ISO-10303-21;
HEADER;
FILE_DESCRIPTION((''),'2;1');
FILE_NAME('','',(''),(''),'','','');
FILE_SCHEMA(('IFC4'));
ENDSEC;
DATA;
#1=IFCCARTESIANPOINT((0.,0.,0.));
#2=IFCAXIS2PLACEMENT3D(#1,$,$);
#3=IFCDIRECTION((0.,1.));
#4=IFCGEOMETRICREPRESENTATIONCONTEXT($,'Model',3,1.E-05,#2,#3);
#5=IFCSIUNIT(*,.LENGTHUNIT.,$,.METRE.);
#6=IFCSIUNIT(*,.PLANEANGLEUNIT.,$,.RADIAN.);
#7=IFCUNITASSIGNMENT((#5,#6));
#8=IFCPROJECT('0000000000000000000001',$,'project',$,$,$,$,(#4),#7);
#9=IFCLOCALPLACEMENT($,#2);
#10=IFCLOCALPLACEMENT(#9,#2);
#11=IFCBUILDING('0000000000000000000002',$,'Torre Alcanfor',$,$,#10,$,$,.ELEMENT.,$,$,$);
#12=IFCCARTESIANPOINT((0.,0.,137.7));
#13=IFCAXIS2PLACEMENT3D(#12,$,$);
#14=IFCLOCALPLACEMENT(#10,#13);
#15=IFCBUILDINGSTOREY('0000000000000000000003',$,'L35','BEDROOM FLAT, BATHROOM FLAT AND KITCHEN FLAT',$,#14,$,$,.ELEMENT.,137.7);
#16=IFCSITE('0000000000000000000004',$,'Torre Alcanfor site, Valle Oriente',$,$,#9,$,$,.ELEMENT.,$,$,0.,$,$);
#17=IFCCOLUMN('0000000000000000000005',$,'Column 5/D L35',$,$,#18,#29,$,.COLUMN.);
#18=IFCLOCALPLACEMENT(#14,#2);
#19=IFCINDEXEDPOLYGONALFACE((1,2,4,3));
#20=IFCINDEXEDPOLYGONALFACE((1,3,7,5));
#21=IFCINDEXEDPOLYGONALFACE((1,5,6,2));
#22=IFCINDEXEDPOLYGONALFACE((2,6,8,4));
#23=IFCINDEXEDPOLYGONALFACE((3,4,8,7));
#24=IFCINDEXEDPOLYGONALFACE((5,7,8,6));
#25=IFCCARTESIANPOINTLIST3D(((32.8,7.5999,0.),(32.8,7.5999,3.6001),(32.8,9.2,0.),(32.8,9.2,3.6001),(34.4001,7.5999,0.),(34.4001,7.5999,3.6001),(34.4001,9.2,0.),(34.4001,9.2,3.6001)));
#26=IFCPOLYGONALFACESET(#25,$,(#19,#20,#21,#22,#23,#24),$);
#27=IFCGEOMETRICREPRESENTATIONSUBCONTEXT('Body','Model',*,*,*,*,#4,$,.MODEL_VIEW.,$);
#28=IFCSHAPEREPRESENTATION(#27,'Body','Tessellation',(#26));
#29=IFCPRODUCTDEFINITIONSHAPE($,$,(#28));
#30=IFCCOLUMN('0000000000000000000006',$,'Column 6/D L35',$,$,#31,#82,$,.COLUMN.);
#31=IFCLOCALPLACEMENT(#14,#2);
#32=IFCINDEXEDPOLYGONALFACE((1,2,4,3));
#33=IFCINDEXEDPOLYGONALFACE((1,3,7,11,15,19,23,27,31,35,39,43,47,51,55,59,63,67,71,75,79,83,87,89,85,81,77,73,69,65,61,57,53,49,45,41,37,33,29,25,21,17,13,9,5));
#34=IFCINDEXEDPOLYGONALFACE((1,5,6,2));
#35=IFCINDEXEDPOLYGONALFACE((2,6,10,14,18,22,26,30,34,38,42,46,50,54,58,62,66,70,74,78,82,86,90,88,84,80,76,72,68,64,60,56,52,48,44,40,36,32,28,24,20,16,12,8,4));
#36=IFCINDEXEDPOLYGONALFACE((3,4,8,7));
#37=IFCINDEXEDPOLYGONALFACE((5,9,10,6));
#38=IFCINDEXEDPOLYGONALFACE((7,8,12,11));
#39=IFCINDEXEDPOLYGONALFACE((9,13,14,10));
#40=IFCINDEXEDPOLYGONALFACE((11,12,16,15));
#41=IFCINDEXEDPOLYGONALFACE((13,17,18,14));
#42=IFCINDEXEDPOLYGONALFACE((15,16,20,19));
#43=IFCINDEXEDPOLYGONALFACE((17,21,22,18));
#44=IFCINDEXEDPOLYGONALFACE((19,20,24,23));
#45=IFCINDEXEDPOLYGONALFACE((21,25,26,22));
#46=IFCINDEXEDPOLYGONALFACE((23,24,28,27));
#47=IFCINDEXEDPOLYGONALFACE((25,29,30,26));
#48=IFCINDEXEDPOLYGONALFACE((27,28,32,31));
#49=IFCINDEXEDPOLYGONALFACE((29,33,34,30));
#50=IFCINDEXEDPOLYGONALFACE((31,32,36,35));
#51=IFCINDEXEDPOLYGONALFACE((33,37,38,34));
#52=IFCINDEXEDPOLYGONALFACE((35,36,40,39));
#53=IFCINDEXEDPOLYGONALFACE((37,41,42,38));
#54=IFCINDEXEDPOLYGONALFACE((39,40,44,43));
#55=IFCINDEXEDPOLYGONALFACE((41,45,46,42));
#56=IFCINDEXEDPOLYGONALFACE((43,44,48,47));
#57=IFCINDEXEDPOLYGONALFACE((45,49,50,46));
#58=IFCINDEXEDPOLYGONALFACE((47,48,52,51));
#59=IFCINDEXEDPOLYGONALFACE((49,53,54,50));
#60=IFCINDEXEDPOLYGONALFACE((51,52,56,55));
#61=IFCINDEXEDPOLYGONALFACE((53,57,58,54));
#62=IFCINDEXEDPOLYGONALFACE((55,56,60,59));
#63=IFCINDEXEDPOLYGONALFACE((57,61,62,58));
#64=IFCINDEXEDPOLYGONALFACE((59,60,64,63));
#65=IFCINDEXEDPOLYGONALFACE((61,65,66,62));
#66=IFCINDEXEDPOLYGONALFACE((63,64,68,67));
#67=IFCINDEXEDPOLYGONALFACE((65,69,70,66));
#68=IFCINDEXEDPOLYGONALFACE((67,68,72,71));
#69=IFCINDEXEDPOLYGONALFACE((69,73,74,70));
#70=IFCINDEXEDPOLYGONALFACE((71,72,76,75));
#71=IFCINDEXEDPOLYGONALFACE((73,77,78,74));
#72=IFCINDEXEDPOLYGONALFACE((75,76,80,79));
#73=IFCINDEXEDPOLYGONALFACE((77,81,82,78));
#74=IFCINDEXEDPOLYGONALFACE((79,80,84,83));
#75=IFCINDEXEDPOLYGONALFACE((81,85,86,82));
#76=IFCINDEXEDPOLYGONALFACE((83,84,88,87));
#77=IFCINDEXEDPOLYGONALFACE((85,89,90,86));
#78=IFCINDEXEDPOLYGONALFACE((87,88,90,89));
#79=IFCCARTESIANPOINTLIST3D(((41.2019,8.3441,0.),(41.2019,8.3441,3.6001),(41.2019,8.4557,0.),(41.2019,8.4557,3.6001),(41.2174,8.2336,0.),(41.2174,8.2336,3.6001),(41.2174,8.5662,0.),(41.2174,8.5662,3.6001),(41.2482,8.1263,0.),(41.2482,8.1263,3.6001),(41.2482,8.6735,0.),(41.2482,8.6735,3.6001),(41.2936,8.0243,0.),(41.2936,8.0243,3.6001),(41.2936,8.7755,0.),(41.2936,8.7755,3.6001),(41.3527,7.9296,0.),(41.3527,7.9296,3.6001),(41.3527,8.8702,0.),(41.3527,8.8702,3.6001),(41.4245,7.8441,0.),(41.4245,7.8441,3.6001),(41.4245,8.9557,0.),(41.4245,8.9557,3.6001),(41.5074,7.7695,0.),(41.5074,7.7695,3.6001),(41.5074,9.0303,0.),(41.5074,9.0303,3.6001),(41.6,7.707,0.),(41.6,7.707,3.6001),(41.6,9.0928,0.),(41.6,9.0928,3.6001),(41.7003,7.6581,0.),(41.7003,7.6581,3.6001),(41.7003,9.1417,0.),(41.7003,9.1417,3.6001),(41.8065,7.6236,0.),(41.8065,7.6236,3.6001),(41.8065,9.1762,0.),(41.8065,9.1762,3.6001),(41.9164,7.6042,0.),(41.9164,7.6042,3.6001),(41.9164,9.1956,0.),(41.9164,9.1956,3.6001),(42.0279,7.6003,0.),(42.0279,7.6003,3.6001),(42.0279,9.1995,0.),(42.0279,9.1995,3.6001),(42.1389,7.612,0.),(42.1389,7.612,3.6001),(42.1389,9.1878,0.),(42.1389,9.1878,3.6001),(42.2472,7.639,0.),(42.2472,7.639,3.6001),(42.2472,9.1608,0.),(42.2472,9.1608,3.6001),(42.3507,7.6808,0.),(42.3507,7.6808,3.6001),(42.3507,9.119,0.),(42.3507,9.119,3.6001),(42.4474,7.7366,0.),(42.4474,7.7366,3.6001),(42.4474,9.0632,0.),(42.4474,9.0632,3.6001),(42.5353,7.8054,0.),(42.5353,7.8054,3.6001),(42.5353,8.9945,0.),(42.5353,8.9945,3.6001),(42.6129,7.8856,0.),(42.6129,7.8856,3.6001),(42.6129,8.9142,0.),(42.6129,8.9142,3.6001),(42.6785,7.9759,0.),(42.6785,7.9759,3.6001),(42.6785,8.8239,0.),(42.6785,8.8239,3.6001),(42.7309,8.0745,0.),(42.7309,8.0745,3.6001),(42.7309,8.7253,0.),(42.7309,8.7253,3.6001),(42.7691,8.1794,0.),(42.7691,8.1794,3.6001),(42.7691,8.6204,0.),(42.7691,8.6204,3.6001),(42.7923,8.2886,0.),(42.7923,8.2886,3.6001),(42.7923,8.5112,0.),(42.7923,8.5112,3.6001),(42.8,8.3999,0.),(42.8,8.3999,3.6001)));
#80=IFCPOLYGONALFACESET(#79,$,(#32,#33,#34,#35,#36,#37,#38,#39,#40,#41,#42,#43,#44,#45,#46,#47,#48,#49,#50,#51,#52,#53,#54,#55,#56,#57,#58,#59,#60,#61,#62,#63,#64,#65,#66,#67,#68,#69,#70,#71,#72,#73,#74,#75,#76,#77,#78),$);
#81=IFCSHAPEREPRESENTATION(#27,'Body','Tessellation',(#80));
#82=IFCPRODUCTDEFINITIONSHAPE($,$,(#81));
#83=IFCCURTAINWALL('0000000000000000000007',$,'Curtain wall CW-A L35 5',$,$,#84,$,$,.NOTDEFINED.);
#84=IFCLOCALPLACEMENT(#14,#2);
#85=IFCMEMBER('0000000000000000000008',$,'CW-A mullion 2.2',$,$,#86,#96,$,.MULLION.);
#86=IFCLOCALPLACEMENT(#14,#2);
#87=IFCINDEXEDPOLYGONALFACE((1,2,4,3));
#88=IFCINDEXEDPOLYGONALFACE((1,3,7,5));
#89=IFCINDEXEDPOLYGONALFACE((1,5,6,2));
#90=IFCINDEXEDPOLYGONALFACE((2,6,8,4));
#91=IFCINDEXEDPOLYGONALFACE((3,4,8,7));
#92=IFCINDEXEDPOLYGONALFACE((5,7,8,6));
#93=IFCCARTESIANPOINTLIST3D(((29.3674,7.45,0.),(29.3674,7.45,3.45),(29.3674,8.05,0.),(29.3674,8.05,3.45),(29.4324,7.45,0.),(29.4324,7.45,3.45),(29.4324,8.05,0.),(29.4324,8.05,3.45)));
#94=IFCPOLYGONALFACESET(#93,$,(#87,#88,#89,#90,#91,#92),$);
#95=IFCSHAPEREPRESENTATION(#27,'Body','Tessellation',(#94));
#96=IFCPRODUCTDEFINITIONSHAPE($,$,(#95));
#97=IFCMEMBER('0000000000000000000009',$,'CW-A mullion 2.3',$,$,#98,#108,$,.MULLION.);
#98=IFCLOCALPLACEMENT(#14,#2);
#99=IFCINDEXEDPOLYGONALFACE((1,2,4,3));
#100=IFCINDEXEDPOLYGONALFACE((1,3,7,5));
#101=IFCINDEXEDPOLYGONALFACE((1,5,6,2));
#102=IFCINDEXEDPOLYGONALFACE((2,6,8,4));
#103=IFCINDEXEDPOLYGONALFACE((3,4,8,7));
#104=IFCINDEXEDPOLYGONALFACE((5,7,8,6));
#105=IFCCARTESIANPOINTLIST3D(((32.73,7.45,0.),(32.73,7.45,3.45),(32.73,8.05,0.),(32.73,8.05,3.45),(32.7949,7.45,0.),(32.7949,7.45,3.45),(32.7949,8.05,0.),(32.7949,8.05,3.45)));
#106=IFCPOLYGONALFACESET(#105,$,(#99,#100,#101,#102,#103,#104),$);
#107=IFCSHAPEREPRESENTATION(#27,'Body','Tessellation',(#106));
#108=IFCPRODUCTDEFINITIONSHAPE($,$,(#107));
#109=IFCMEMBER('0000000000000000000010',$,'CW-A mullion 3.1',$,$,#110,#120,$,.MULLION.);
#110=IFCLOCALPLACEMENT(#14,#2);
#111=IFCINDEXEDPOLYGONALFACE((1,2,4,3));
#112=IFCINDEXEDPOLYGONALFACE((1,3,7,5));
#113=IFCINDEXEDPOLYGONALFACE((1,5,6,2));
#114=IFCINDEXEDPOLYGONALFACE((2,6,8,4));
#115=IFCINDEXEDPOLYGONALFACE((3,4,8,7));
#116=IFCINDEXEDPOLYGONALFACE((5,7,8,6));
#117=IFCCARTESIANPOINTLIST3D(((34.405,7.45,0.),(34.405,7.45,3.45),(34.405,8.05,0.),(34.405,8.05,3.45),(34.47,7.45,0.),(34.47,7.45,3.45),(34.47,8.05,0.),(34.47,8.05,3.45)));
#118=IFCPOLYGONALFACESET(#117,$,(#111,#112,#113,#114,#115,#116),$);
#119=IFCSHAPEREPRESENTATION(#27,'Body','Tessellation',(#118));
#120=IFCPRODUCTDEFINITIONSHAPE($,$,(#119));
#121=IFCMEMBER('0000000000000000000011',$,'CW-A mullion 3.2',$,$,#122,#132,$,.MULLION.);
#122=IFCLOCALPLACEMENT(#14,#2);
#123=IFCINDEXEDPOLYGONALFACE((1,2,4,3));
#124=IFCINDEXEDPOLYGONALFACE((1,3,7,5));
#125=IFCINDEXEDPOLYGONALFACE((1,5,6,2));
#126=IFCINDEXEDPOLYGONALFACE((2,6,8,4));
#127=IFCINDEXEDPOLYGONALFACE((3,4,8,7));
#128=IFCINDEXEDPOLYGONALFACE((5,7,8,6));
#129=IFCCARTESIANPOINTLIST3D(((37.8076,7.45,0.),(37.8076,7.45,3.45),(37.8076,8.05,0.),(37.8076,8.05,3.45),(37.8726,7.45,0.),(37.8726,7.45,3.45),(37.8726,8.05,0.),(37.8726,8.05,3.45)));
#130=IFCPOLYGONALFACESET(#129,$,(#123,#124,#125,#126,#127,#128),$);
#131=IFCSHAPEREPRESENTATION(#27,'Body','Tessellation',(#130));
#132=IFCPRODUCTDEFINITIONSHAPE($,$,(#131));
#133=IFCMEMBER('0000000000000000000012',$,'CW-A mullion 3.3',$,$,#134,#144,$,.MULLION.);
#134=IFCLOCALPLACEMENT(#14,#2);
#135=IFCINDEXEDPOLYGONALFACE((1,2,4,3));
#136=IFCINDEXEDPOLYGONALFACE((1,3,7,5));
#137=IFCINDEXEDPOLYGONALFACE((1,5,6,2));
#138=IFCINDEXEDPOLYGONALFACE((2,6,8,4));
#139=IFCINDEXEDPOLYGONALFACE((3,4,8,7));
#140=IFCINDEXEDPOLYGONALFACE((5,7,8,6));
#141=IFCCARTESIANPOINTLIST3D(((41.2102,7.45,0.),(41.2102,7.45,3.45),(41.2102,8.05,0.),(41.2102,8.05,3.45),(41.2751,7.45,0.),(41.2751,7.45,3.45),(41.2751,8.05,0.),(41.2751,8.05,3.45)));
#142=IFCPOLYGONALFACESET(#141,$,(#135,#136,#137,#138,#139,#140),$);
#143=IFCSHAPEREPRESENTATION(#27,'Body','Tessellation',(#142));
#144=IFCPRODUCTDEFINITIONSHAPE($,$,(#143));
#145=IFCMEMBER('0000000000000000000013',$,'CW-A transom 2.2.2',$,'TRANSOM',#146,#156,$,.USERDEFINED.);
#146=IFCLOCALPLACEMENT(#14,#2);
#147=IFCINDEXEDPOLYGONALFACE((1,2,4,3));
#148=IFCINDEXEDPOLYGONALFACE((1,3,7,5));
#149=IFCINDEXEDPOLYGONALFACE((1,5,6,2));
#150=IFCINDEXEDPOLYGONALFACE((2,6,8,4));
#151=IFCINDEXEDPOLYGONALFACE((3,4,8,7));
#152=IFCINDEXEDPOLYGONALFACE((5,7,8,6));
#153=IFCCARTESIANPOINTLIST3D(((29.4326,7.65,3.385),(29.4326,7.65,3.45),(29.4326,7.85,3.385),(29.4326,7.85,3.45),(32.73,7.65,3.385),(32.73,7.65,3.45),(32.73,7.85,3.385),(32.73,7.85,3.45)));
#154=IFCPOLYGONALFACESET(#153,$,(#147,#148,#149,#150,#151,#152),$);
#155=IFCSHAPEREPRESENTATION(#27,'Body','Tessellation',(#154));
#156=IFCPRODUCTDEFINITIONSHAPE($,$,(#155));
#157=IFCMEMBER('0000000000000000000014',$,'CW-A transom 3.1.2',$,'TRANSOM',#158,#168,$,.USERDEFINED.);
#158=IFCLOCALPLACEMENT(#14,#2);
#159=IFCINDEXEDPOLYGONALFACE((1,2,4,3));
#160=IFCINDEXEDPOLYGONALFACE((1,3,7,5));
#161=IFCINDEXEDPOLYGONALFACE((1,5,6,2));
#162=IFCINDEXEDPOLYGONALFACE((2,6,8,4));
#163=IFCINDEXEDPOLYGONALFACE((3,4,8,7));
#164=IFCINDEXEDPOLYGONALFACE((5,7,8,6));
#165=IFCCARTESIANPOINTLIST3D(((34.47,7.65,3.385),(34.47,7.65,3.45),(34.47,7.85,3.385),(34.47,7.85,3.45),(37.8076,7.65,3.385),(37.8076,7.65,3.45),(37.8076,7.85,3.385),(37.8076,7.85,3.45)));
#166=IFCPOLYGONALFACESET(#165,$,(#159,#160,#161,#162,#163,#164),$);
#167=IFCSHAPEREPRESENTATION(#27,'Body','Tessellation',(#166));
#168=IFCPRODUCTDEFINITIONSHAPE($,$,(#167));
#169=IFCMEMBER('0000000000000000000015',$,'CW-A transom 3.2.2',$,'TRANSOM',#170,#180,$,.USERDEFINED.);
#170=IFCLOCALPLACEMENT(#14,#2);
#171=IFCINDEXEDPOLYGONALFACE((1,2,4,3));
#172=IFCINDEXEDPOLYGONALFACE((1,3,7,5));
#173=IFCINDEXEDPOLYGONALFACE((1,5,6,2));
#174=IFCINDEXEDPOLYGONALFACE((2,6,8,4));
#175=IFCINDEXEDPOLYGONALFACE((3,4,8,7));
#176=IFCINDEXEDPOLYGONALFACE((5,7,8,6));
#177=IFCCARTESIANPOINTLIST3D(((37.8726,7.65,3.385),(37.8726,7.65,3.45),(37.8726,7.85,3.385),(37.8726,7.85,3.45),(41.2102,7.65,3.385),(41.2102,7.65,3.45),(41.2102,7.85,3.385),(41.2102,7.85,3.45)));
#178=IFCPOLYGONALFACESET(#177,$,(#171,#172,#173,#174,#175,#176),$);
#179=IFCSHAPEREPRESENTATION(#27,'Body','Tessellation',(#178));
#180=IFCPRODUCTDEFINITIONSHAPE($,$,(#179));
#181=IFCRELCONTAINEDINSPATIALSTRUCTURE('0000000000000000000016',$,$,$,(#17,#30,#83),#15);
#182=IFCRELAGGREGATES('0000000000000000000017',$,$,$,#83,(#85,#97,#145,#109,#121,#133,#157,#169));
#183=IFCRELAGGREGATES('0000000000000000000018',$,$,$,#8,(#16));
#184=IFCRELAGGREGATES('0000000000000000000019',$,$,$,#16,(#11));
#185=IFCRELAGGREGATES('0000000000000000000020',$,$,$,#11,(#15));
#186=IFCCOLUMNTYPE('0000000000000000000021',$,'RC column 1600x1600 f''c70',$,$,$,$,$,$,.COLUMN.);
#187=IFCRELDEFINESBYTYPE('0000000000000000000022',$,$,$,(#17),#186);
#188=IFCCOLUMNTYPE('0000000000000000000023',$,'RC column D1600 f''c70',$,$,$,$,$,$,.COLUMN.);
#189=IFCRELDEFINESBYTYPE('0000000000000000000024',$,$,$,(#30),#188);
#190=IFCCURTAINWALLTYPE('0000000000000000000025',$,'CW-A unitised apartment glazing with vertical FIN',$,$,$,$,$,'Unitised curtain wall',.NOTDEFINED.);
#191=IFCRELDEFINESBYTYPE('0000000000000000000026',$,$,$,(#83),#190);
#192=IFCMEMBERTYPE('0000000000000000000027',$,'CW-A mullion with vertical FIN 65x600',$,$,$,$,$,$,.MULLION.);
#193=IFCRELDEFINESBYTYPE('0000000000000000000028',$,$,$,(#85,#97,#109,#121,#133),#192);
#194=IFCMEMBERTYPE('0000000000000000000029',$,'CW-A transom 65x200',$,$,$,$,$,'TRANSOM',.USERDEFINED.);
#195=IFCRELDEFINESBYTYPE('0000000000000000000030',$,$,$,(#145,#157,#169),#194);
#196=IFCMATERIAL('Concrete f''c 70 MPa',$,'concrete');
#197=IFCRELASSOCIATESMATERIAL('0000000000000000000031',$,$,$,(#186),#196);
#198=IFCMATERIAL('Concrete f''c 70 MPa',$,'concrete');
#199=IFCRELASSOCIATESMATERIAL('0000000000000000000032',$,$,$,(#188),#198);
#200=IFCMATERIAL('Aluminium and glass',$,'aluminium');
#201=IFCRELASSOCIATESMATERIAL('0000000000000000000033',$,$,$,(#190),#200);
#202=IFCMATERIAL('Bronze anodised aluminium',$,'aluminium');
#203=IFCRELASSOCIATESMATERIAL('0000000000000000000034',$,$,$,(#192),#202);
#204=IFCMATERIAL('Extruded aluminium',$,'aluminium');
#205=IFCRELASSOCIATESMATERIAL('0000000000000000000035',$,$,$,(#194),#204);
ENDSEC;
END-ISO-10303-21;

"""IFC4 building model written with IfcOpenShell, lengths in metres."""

from ifc_helpers import new_model, si_unit, direction, frame, origin, origin_2d, place, context, subcontext, project, spatial, rectangle, circle, extrude, material, material_profile, profile_set, type_object, element, aggregate, save


model = new_model("IFC4")

# Units and contexts
model_context = context("Model", 3, precision=1e-05, world=origin(), true_north=direction((0.0, 1.0)))
body_context = subcontext(model_context, "Body", "Model", "MODEL_VIEW")
ifc_project = project(units=[si_unit("LENGTHUNIT", "METRE"), si_unit("PLANEANGLEUNIT", "RADIAN")], contexts=[model_context])

# Site, building, storey
site_placement = place(None, origin())
site = spatial("IfcSite", under=ifc_project, at=site_placement, Name="Torre Alcanfor site, Valle Oriente", CompositionType="ELEMENT", RefElevation=0.0)
building_placement = place(site_placement, origin())
building = spatial("IfcBuilding", under=site, at=building_placement, Name="Torre Alcanfor", CompositionType="ELEMENT")
storey_placement = place(building_placement, frame((0.0, 0.0, 137.7)))
storey = spatial("IfcBuildingStorey", under=building, at=storey_placement, Name="L35", Description="BEDROOM FLAT, BATHROOM FLAT AND KITCHEN FLAT", CompositionType="ELEMENT", Elevation=137.7)

# Columns
ifc_material_1 = material(Name="Concrete f'c 70 MPa", Category="concrete")
ifc_material_profile_1 = material_profile(ifc_material_1, rectangle(XDim=1.6001, YDim=1.6001, at=origin_2d()), Name="1600x1600")
ifc_profile_set_1 = profile_set([ifc_material_profile_1], Name="Concrete f'c 70 MPa")
column_type_1 = type_object("IfcColumnType", Name="RC column 1600x1600 f'c70", PredefinedType="COLUMN", material=ifc_profile_set_1)
column_1_placement = place(storey_placement, frame((33.6001, 8.3999, 0.0), z_axis=(0.0, 0.0, 1.0), x_axis=(1.0, 0.0, 0.0)))
element("IfcColumn", 1, at=column_1_placement, inside=storey, type_object=column_type_1, Name="Column 5/D L35", PredefinedType="COLUMN", context=body_context, shape_type="SweptSolid", body=[
    extrude(rectangle(XDim=1.6001, YDim=1.6001, at=origin_2d()), origin(), (0.0, 0.0, 1.0), 3.6001),
])
ifc_material_2 = material(Name="Concrete f'c 70 MPa", Category="concrete")
ifc_material_profile_2 = material_profile(ifc_material_2, circle(Radius=0.8, at=origin_2d()), Name="D1600")
ifc_profile_set_2 = profile_set([ifc_material_profile_2], Name="Concrete f'c 70 MPa")
column_type_2 = type_object("IfcColumnType", Name="RC column D1600 f'c70", PredefinedType="COLUMN", material=ifc_profile_set_2)
column_2_placement = place(storey_placement, frame((42.0, 8.3999, 0.0), z_axis=(0.0, 0.0, 1.0), x_axis=(1.0, 0.0, 0.0)))
element("IfcColumn", 2, at=column_2_placement, inside=storey, type_object=column_type_2, Name="Column 6/D L35", PredefinedType="COLUMN", context=body_context, shape_type="SweptSolid", body=[
    extrude(circle(Radius=0.8, at=origin_2d()), origin(), (0.0, 0.0, 1.0), 3.6001),
])

# Curtain wall, members
ifc_material_3 = material(Name="Aluminium and glass", Category="aluminium")
curtain_wall_type = type_object("IfcCurtainWallType", Name="CW-A unitised apartment glazing with vertical FIN", ElementType="Unitised curtain wall", PredefinedType="NOTDEFINED", material=ifc_material_3)
curtain_wall_placement = place(storey_placement, origin())
curtain_wall = element("IfcCurtainWall", 3, at=curtain_wall_placement, inside=storey, type_object=curtain_wall_type, Name="Curtain wall CW-A L35 5", PredefinedType="NOTDEFINED")
ifc_material_4 = material(Name="Bronze anodised aluminium", Category="aluminium")
ifc_material_profile_3 = material_profile(ifc_material_4, rectangle(XDim=0.6001, YDim=0.0649, at=origin_2d()), Name="CW-A mullion 65x600")
ifc_profile_set_3 = profile_set([ifc_material_profile_3], Name="Bronze anodised aluminium")
member_type_1 = type_object("IfcMemberType", Name="CW-A mullion with vertical FIN 65x600", PredefinedType="MULLION", material=ifc_profile_set_3)
member_1_placement = place(storey_placement, frame((29.3999, 7.75, 0.0), z_axis=(0.0, 0.0, 1.0), x_axis=(0.0, 1.0, 0.0)))
member_1 = element("IfcMember", 4, at=member_1_placement, type_object=member_type_1, Name="CW-A mullion 2.2", PredefinedType="MULLION", context=body_context, shape_type="SweptSolid", body=[
    extrude(rectangle(XDim=0.6001, YDim=0.0649, at=origin_2d()), origin(), (0.0, 0.0, 1.0), 3.45),
])
member_2_placement = place(storey_placement, frame((32.7625, 7.75, 0.0), z_axis=(0.0, 0.0, 1.0), x_axis=(0.0, 1.0, 0.0)))
member_2 = element("IfcMember", 5, at=member_2_placement, type_object=member_type_1, Name="CW-A mullion 2.3", PredefinedType="MULLION", context=body_context, shape_type="SweptSolid", body=[
    extrude(rectangle(XDim=0.6001, YDim=0.0649, at=origin_2d()), origin(), (0.0, 0.0, 1.0), 3.45),
])
member_3_placement = place(storey_placement, frame((34.4375, 7.75, 0.0), z_axis=(0.0, 0.0, 1.0), x_axis=(0.0, 1.0, 0.0)))
member_3 = element("IfcMember", 6, at=member_3_placement, type_object=member_type_1, Name="CW-A mullion 3.1", PredefinedType="MULLION", context=body_context, shape_type="SweptSolid", body=[
    extrude(rectangle(XDim=0.6001, YDim=0.0649, at=origin_2d()), origin(), (0.0, 0.0, 1.0), 3.45),
])
member_4_placement = place(storey_placement, frame((37.8401, 7.75, 0.0), z_axis=(0.0, 0.0, 1.0), x_axis=(0.0, 1.0, 0.0)))
member_4 = element("IfcMember", 7, at=member_4_placement, type_object=member_type_1, Name="CW-A mullion 3.2", PredefinedType="MULLION", context=body_context, shape_type="SweptSolid", body=[
    extrude(rectangle(XDim=0.6001, YDim=0.0649, at=origin_2d()), origin(), (0.0, 0.0, 1.0), 3.45),
])
member_5_placement = place(storey_placement, frame((41.2427, 7.75, 0.0), z_axis=(0.0, 0.0, 1.0), x_axis=(0.0, 1.0, 0.0)))
member_5 = element("IfcMember", 8, at=member_5_placement, type_object=member_type_1, Name="CW-A mullion 3.3", PredefinedType="MULLION", context=body_context, shape_type="SweptSolid", body=[
    extrude(rectangle(XDim=0.6001, YDim=0.0649, at=origin_2d()), origin(), (0.0, 0.0, 1.0), 3.45),
])
ifc_material_5 = material(Name="Extruded aluminium", Category="aluminium")
ifc_material_profile_4 = material_profile(ifc_material_5, rectangle(XDim=0.2, YDim=0.0649, at=origin_2d()), Name="CW-A transom 200x65")
ifc_profile_set_4 = profile_set([ifc_material_profile_4], Name="Extruded aluminium")
member_type_2 = type_object("IfcMemberType", Name="CW-A transom 65x200", ElementType="TRANSOM", PredefinedType="USERDEFINED", material=ifc_profile_set_4)
member_6_placement = place(storey_placement, frame((29.4326, 7.75, 3.4175), z_axis=(1.0, 0.0, 0.0), x_axis=(0.0, 1.0, 0.0)))
member_6 = element("IfcMember", 9, at=member_6_placement, type_object=member_type_2, Name="CW-A transom 2.2.2", ObjectType="TRANSOM", PredefinedType="USERDEFINED", context=body_context, shape_type="SweptSolid", body=[
    extrude(rectangle(XDim=0.2, YDim=0.0649, at=origin_2d()), origin(), (0.0, 0.0, 1.0), 3.2974),
])
member_7_placement = place(storey_placement, frame((34.47, 7.75, 3.4175), z_axis=(1.0, 0.0, 0.0), x_axis=(0.0, 1.0, 0.0)))
member_7 = element("IfcMember", 10, at=member_7_placement, type_object=member_type_2, Name="CW-A transom 3.1.2", ObjectType="TRANSOM", PredefinedType="USERDEFINED", context=body_context, shape_type="SweptSolid", body=[
    extrude(rectangle(XDim=0.2, YDim=0.0649, at=origin_2d()), origin(), (0.0, 0.0, 1.0), 3.3376),
])
member_8_placement = place(storey_placement, frame((37.8726, 7.75, 3.4175), z_axis=(1.0, 0.0, 0.0), x_axis=(0.0, 1.0, 0.0)))
member_8 = element("IfcMember", 11, at=member_8_placement, type_object=member_type_2, Name="CW-A transom 3.2.2", ObjectType="TRANSOM", PredefinedType="USERDEFINED", context=body_context, shape_type="SweptSolid", body=[
    extrude(rectangle(XDim=0.2, YDim=0.0649, at=origin_2d()), origin(), (0.0, 0.0, 1.0), 3.3376),
])

aggregate(curtain_wall, [member_1, member_2, member_6, member_3, member_4, member_5, member_7, member_8])

save(model, "model.ifc")
